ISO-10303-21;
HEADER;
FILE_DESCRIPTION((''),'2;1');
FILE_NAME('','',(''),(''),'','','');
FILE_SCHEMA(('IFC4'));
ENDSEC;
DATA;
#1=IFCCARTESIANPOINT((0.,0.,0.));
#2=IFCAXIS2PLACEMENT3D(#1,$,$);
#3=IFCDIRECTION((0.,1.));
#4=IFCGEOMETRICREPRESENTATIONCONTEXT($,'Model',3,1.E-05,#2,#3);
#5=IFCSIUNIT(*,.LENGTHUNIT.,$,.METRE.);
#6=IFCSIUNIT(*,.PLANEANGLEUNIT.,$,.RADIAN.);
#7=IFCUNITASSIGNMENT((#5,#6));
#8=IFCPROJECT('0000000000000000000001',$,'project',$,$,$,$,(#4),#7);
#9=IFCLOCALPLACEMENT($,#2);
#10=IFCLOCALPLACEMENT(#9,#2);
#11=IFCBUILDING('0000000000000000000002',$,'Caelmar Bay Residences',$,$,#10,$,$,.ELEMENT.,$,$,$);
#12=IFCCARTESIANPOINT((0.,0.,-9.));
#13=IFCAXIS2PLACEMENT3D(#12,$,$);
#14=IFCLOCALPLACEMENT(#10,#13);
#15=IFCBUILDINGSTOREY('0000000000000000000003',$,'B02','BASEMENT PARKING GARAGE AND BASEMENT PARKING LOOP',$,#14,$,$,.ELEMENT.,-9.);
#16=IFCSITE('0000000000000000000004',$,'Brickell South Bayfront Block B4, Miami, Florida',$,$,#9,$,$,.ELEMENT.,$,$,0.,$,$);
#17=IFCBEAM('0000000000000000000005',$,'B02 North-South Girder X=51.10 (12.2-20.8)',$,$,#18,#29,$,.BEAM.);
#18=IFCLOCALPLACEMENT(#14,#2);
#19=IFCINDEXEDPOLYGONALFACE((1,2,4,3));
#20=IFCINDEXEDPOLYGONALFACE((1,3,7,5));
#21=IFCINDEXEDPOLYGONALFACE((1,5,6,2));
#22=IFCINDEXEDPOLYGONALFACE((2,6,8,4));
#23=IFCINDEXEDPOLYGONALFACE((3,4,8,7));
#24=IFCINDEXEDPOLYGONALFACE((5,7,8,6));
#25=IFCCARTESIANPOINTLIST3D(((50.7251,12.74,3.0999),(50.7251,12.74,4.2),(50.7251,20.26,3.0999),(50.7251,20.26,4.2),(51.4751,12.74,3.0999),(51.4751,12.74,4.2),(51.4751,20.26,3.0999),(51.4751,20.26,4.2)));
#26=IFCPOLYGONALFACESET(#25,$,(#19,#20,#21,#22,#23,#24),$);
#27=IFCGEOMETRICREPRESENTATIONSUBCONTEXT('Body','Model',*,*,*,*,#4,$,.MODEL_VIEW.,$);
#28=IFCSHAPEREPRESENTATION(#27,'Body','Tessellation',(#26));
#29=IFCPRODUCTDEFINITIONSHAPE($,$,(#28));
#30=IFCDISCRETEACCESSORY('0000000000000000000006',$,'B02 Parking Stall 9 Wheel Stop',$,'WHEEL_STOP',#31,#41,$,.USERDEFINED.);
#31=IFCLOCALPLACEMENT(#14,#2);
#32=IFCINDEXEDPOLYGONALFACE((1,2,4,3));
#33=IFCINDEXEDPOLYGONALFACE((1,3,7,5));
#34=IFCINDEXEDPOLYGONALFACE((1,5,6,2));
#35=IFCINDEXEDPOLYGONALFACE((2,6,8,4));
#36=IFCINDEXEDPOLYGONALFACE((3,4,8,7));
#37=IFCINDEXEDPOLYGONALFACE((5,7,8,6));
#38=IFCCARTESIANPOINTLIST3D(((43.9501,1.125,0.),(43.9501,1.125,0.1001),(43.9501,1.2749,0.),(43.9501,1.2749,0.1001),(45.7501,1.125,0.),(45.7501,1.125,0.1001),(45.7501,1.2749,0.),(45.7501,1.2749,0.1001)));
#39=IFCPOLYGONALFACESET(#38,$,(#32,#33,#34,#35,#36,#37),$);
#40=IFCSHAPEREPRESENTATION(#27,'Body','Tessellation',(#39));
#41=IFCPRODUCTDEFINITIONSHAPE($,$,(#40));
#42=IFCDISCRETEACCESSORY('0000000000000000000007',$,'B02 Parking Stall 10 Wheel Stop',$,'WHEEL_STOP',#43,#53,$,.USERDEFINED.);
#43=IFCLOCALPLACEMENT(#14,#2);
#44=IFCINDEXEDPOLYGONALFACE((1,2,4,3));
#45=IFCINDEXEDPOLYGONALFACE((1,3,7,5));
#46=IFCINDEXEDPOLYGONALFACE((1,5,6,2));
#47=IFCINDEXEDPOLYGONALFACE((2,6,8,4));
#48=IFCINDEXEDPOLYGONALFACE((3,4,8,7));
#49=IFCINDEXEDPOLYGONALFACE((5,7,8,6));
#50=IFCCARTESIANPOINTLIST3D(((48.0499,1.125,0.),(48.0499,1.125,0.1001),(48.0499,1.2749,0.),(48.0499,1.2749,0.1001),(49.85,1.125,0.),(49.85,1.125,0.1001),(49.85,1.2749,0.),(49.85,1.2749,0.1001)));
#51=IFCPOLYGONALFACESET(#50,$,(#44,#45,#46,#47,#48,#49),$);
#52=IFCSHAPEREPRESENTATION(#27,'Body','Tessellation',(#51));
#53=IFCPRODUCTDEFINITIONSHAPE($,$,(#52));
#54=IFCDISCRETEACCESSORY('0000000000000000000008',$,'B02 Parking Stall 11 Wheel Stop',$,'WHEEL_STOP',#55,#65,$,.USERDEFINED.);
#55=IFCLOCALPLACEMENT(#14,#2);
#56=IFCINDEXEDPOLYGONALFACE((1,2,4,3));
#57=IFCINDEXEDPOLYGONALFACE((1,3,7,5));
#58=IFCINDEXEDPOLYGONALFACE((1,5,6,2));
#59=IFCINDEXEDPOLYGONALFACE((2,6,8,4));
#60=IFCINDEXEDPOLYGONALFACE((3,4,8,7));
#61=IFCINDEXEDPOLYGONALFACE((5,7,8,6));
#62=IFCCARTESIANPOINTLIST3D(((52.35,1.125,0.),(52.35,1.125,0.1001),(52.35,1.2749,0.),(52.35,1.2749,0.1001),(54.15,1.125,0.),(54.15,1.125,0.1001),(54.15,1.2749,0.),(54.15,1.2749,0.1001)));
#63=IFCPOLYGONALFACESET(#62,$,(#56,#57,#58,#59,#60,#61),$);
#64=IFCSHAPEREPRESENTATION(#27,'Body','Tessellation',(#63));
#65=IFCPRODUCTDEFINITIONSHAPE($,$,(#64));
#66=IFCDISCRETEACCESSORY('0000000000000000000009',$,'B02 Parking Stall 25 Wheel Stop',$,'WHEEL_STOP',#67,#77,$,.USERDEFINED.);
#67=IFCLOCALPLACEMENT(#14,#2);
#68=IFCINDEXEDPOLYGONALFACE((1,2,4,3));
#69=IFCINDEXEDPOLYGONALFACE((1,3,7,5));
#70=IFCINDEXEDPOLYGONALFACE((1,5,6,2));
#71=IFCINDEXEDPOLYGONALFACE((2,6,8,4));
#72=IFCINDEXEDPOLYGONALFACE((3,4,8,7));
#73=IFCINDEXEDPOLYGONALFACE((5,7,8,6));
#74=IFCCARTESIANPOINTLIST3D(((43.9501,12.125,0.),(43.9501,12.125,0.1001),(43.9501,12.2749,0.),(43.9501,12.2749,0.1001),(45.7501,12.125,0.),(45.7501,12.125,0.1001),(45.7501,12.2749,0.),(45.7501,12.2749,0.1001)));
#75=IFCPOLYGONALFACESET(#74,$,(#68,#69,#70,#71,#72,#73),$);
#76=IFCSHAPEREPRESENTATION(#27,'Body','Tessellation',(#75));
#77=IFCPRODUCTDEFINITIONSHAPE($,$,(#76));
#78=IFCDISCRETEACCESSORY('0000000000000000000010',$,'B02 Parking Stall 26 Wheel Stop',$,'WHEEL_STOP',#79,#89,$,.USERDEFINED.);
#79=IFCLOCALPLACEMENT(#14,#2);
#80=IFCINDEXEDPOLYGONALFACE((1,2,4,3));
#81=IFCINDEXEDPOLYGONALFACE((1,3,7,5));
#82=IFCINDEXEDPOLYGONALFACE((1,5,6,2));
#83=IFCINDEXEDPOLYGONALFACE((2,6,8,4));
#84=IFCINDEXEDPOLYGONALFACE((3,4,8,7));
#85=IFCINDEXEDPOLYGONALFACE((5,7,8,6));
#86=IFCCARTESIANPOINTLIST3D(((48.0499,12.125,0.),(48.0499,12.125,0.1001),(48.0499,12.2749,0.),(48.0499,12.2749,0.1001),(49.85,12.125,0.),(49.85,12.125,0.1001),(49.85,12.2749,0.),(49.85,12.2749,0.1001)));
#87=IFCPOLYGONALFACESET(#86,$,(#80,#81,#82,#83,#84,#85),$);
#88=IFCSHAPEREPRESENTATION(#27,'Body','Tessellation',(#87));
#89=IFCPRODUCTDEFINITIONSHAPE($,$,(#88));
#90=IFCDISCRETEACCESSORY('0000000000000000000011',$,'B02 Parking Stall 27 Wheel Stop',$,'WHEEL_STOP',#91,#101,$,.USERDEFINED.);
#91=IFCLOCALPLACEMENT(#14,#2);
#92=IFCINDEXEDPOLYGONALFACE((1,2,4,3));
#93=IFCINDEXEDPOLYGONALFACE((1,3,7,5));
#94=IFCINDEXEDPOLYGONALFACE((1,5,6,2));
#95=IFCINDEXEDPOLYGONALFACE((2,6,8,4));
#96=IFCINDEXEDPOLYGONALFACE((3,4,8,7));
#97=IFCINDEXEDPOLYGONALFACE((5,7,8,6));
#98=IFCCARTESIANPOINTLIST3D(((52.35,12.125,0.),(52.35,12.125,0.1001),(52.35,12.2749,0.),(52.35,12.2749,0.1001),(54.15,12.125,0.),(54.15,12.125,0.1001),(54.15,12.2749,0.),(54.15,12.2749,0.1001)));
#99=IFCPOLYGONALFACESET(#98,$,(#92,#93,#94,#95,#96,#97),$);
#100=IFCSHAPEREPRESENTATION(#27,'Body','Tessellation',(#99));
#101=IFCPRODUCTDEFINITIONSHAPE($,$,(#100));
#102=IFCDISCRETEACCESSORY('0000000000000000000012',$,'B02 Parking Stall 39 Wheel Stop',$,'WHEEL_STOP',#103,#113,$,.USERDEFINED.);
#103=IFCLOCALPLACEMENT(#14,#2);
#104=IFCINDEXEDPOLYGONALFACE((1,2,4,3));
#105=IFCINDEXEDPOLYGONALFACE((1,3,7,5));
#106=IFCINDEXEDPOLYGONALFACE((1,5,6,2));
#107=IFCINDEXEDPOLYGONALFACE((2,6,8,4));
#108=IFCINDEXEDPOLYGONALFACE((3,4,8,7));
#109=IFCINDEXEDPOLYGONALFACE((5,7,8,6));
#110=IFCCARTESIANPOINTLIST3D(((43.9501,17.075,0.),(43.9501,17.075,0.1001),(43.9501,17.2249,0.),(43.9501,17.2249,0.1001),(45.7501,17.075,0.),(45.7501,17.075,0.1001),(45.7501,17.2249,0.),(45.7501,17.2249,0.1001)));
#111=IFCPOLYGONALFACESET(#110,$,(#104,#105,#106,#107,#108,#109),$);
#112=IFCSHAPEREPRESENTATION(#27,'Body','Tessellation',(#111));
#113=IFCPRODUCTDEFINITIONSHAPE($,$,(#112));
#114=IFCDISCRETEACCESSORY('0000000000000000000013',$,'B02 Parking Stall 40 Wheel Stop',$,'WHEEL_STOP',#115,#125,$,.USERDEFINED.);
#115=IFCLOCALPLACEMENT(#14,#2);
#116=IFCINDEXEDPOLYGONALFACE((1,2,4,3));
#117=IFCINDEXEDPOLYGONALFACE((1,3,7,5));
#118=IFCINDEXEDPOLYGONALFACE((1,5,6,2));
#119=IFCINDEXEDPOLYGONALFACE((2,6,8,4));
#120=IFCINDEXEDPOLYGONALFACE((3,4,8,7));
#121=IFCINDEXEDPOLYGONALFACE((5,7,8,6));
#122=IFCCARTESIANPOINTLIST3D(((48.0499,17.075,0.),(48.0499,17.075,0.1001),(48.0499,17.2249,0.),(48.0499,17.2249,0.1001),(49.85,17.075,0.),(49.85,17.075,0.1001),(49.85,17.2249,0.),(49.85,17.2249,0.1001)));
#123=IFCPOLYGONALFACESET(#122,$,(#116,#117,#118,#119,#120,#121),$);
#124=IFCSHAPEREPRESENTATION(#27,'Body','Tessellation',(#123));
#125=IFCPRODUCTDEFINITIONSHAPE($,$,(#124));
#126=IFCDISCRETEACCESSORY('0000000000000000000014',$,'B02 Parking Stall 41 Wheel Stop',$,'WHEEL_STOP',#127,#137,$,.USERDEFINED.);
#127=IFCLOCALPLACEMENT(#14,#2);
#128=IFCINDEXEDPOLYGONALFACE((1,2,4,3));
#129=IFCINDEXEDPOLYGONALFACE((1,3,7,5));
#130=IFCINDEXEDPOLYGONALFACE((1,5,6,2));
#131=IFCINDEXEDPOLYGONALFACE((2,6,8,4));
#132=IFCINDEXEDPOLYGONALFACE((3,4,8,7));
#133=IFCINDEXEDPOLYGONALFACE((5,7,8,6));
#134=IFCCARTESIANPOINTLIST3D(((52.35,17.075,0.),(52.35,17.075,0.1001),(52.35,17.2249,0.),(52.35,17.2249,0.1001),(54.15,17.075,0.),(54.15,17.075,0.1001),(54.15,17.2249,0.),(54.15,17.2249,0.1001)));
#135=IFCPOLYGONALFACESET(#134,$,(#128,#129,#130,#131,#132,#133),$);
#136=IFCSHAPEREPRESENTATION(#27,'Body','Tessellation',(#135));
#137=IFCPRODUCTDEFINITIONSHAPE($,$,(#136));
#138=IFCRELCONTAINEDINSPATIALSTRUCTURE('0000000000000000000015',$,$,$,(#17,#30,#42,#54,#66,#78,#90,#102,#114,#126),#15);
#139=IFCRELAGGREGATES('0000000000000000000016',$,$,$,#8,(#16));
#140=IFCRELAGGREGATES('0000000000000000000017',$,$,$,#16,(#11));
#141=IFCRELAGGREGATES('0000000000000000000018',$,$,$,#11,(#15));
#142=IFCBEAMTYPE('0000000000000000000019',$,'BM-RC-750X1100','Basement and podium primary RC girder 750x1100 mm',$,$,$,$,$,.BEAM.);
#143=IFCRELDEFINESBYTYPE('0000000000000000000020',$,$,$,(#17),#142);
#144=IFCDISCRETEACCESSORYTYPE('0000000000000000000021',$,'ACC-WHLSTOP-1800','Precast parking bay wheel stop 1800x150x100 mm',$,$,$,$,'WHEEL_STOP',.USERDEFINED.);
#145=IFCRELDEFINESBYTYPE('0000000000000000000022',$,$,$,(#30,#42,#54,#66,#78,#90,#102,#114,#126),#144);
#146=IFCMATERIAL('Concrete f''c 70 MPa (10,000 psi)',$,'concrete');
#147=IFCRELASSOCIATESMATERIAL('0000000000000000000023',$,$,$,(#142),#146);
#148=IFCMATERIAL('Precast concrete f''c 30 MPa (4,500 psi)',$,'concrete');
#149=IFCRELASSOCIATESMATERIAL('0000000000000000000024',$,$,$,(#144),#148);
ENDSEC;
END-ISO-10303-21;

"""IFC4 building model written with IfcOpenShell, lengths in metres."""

from ifc_helpers import new_model, si_unit, direction, frame, origin, origin_2d, place, context, subcontext, project, spatial, rectangle, extrude, material, material_profile, profile_set, type_object, element, save


model = new_model("IFC4")

# Units and contexts
model_context = context("Model", 3, precision=1e-05, world=origin(), true_north=direction((0.0, 1.0)))
body_context = subcontext(model_context, "Body", "Model", "MODEL_VIEW")
ifc_project = project(units=[si_unit("LENGTHUNIT", "METRE"), si_unit("PLANEANGLEUNIT", "RADIAN")], contexts=[model_context])

# Site, building, storey
site_placement = place(None, origin())
site = spatial("IfcSite", under=ifc_project, at=site_placement, Name="Brickell South Bayfront Block B4, Miami, Florida", CompositionType="ELEMENT", RefElevation=0.0)
building_placement = place(site_placement, origin())
building = spatial("IfcBuilding", under=site, at=building_placement, Name="Caelmar Bay Residences", CompositionType="ELEMENT")
storey_placement = place(building_placement, frame((0.0, 0.0, -9.0)))
storey = spatial("IfcBuildingStorey", under=building, at=storey_placement, Name="B02", Description="BASEMENT PARKING GARAGE AND BASEMENT PARKING LOOP", CompositionType="ELEMENT", Elevation=-9.0)

# Shared definitions
ifc_material_1 = material(Name="Concrete f'c 70 MPa (10,000 psi)", Category="concrete")

# Beam
ifc_material_profile_1 = material_profile(ifc_material_1, rectangle(XDim=0.75, YDim=1.1001, at=origin_2d()), Name="RC-BM-750X1100")
ifc_profile_set_1 = profile_set([ifc_material_profile_1], Name="Concrete f'c 70 MPa (10,000 psi)")
beam_type_1 = type_object("IfcBeamType", Name="BM-RC-750X1100", Description="Basement and podium primary RC girder 750x1100 mm", PredefinedType="BEAM", material=ifc_profile_set_1)
beam_1_placement = place(storey_placement, frame((51.1001, 12.74, 3.6499), z_axis=(0.0, 1.0, 0.0), x_axis=(-1.0, 0.0, 0.0)))
element("IfcBeam", 1, at=beam_1_placement, inside=storey, type_object=beam_type_1, Name="B02 North-South Girder X=51.10 (12.2-20.8)", PredefinedType="BEAM", context=body_context, shape_type="SweptSolid", body=[
    extrude(rectangle(XDim=0.75, YDim=1.1001, at=origin_2d()), origin(), (0.0, 0.0, 1.0), 7.52),
])

# Discrete accessories
ifc_material_2 = material(Name="Precast concrete f'c 30 MPa (4,500 psi)", Category="concrete")
discrete_accessory_type = type_object("IfcDiscreteAccessoryType", Name="ACC-WHLSTOP-1800", Description="Precast parking bay wheel stop 1800x150x100 mm", ElementType="WHEEL_STOP", PredefinedType="USERDEFINED", material=ifc_material_2)
for number, where, z_axis, x_axis, name in (
    (2, (44.8501, 1.2, 0.0), (0.0, 0.0, 1.0), (1.0, 0.0, 0.0), "B02 Parking Stall 9 Wheel Stop"),
    (3, (48.95, 1.2, 0.0), (0.0, 0.0, 1.0), (1.0, 0.0, 0.0), "B02 Parking Stall 10 Wheel Stop"),
    (4, (53.25, 1.2, 0.0), (0.0, 0.0, 1.0), (1.0, 0.0, 0.0), "B02 Parking Stall 11 Wheel Stop"),
    (5, (44.8501, 12.2, 0.0), (0.0, 0.0, 1.0), (1.0, 0.0, 0.0), "B02 Parking Stall 25 Wheel Stop"),
    (6, (48.95, 12.2, 0.0), (0.0, 0.0, 1.0), (1.0, 0.0, 0.0), "B02 Parking Stall 26 Wheel Stop"),
    (7, (53.25, 12.2, 0.0), (0.0, 0.0, 1.0), (1.0, 0.0, 0.0), "B02 Parking Stall 27 Wheel Stop"),
    (8, (44.8501, 17.1499, 0.0), (0.0, 0.0, 1.0), (1.0, 0.0, 0.0), "B02 Parking Stall 39 Wheel Stop"),
    (9, (48.95, 17.1499, 0.0), (0.0, 0.0, 1.0), (1.0, 0.0, 0.0), "B02 Parking Stall 40 Wheel Stop"),
    (10, (53.25, 17.1499, 0.0), (0.0, 0.0, 1.0), (1.0, 0.0, 0.0), "B02 Parking Stall 41 Wheel Stop"),
):
    element("IfcDiscreteAccessory", number, at=place(storey_placement, frame(where, z_axis=z_axis, x_axis=x_axis)), inside=storey, type_object=discrete_accessory_type, Name=name, ObjectType="WHEEL_STOP", PredefinedType="USERDEFINED", context=body_context, shape_type="SweptSolid", body=[
        extrude(rectangle(XDim=1.8, YDim=0.1499, at=origin_2d()), origin(), (0.0, 0.0, 1.0), 0.1001),
    ])

save(model, "model.ifc")
